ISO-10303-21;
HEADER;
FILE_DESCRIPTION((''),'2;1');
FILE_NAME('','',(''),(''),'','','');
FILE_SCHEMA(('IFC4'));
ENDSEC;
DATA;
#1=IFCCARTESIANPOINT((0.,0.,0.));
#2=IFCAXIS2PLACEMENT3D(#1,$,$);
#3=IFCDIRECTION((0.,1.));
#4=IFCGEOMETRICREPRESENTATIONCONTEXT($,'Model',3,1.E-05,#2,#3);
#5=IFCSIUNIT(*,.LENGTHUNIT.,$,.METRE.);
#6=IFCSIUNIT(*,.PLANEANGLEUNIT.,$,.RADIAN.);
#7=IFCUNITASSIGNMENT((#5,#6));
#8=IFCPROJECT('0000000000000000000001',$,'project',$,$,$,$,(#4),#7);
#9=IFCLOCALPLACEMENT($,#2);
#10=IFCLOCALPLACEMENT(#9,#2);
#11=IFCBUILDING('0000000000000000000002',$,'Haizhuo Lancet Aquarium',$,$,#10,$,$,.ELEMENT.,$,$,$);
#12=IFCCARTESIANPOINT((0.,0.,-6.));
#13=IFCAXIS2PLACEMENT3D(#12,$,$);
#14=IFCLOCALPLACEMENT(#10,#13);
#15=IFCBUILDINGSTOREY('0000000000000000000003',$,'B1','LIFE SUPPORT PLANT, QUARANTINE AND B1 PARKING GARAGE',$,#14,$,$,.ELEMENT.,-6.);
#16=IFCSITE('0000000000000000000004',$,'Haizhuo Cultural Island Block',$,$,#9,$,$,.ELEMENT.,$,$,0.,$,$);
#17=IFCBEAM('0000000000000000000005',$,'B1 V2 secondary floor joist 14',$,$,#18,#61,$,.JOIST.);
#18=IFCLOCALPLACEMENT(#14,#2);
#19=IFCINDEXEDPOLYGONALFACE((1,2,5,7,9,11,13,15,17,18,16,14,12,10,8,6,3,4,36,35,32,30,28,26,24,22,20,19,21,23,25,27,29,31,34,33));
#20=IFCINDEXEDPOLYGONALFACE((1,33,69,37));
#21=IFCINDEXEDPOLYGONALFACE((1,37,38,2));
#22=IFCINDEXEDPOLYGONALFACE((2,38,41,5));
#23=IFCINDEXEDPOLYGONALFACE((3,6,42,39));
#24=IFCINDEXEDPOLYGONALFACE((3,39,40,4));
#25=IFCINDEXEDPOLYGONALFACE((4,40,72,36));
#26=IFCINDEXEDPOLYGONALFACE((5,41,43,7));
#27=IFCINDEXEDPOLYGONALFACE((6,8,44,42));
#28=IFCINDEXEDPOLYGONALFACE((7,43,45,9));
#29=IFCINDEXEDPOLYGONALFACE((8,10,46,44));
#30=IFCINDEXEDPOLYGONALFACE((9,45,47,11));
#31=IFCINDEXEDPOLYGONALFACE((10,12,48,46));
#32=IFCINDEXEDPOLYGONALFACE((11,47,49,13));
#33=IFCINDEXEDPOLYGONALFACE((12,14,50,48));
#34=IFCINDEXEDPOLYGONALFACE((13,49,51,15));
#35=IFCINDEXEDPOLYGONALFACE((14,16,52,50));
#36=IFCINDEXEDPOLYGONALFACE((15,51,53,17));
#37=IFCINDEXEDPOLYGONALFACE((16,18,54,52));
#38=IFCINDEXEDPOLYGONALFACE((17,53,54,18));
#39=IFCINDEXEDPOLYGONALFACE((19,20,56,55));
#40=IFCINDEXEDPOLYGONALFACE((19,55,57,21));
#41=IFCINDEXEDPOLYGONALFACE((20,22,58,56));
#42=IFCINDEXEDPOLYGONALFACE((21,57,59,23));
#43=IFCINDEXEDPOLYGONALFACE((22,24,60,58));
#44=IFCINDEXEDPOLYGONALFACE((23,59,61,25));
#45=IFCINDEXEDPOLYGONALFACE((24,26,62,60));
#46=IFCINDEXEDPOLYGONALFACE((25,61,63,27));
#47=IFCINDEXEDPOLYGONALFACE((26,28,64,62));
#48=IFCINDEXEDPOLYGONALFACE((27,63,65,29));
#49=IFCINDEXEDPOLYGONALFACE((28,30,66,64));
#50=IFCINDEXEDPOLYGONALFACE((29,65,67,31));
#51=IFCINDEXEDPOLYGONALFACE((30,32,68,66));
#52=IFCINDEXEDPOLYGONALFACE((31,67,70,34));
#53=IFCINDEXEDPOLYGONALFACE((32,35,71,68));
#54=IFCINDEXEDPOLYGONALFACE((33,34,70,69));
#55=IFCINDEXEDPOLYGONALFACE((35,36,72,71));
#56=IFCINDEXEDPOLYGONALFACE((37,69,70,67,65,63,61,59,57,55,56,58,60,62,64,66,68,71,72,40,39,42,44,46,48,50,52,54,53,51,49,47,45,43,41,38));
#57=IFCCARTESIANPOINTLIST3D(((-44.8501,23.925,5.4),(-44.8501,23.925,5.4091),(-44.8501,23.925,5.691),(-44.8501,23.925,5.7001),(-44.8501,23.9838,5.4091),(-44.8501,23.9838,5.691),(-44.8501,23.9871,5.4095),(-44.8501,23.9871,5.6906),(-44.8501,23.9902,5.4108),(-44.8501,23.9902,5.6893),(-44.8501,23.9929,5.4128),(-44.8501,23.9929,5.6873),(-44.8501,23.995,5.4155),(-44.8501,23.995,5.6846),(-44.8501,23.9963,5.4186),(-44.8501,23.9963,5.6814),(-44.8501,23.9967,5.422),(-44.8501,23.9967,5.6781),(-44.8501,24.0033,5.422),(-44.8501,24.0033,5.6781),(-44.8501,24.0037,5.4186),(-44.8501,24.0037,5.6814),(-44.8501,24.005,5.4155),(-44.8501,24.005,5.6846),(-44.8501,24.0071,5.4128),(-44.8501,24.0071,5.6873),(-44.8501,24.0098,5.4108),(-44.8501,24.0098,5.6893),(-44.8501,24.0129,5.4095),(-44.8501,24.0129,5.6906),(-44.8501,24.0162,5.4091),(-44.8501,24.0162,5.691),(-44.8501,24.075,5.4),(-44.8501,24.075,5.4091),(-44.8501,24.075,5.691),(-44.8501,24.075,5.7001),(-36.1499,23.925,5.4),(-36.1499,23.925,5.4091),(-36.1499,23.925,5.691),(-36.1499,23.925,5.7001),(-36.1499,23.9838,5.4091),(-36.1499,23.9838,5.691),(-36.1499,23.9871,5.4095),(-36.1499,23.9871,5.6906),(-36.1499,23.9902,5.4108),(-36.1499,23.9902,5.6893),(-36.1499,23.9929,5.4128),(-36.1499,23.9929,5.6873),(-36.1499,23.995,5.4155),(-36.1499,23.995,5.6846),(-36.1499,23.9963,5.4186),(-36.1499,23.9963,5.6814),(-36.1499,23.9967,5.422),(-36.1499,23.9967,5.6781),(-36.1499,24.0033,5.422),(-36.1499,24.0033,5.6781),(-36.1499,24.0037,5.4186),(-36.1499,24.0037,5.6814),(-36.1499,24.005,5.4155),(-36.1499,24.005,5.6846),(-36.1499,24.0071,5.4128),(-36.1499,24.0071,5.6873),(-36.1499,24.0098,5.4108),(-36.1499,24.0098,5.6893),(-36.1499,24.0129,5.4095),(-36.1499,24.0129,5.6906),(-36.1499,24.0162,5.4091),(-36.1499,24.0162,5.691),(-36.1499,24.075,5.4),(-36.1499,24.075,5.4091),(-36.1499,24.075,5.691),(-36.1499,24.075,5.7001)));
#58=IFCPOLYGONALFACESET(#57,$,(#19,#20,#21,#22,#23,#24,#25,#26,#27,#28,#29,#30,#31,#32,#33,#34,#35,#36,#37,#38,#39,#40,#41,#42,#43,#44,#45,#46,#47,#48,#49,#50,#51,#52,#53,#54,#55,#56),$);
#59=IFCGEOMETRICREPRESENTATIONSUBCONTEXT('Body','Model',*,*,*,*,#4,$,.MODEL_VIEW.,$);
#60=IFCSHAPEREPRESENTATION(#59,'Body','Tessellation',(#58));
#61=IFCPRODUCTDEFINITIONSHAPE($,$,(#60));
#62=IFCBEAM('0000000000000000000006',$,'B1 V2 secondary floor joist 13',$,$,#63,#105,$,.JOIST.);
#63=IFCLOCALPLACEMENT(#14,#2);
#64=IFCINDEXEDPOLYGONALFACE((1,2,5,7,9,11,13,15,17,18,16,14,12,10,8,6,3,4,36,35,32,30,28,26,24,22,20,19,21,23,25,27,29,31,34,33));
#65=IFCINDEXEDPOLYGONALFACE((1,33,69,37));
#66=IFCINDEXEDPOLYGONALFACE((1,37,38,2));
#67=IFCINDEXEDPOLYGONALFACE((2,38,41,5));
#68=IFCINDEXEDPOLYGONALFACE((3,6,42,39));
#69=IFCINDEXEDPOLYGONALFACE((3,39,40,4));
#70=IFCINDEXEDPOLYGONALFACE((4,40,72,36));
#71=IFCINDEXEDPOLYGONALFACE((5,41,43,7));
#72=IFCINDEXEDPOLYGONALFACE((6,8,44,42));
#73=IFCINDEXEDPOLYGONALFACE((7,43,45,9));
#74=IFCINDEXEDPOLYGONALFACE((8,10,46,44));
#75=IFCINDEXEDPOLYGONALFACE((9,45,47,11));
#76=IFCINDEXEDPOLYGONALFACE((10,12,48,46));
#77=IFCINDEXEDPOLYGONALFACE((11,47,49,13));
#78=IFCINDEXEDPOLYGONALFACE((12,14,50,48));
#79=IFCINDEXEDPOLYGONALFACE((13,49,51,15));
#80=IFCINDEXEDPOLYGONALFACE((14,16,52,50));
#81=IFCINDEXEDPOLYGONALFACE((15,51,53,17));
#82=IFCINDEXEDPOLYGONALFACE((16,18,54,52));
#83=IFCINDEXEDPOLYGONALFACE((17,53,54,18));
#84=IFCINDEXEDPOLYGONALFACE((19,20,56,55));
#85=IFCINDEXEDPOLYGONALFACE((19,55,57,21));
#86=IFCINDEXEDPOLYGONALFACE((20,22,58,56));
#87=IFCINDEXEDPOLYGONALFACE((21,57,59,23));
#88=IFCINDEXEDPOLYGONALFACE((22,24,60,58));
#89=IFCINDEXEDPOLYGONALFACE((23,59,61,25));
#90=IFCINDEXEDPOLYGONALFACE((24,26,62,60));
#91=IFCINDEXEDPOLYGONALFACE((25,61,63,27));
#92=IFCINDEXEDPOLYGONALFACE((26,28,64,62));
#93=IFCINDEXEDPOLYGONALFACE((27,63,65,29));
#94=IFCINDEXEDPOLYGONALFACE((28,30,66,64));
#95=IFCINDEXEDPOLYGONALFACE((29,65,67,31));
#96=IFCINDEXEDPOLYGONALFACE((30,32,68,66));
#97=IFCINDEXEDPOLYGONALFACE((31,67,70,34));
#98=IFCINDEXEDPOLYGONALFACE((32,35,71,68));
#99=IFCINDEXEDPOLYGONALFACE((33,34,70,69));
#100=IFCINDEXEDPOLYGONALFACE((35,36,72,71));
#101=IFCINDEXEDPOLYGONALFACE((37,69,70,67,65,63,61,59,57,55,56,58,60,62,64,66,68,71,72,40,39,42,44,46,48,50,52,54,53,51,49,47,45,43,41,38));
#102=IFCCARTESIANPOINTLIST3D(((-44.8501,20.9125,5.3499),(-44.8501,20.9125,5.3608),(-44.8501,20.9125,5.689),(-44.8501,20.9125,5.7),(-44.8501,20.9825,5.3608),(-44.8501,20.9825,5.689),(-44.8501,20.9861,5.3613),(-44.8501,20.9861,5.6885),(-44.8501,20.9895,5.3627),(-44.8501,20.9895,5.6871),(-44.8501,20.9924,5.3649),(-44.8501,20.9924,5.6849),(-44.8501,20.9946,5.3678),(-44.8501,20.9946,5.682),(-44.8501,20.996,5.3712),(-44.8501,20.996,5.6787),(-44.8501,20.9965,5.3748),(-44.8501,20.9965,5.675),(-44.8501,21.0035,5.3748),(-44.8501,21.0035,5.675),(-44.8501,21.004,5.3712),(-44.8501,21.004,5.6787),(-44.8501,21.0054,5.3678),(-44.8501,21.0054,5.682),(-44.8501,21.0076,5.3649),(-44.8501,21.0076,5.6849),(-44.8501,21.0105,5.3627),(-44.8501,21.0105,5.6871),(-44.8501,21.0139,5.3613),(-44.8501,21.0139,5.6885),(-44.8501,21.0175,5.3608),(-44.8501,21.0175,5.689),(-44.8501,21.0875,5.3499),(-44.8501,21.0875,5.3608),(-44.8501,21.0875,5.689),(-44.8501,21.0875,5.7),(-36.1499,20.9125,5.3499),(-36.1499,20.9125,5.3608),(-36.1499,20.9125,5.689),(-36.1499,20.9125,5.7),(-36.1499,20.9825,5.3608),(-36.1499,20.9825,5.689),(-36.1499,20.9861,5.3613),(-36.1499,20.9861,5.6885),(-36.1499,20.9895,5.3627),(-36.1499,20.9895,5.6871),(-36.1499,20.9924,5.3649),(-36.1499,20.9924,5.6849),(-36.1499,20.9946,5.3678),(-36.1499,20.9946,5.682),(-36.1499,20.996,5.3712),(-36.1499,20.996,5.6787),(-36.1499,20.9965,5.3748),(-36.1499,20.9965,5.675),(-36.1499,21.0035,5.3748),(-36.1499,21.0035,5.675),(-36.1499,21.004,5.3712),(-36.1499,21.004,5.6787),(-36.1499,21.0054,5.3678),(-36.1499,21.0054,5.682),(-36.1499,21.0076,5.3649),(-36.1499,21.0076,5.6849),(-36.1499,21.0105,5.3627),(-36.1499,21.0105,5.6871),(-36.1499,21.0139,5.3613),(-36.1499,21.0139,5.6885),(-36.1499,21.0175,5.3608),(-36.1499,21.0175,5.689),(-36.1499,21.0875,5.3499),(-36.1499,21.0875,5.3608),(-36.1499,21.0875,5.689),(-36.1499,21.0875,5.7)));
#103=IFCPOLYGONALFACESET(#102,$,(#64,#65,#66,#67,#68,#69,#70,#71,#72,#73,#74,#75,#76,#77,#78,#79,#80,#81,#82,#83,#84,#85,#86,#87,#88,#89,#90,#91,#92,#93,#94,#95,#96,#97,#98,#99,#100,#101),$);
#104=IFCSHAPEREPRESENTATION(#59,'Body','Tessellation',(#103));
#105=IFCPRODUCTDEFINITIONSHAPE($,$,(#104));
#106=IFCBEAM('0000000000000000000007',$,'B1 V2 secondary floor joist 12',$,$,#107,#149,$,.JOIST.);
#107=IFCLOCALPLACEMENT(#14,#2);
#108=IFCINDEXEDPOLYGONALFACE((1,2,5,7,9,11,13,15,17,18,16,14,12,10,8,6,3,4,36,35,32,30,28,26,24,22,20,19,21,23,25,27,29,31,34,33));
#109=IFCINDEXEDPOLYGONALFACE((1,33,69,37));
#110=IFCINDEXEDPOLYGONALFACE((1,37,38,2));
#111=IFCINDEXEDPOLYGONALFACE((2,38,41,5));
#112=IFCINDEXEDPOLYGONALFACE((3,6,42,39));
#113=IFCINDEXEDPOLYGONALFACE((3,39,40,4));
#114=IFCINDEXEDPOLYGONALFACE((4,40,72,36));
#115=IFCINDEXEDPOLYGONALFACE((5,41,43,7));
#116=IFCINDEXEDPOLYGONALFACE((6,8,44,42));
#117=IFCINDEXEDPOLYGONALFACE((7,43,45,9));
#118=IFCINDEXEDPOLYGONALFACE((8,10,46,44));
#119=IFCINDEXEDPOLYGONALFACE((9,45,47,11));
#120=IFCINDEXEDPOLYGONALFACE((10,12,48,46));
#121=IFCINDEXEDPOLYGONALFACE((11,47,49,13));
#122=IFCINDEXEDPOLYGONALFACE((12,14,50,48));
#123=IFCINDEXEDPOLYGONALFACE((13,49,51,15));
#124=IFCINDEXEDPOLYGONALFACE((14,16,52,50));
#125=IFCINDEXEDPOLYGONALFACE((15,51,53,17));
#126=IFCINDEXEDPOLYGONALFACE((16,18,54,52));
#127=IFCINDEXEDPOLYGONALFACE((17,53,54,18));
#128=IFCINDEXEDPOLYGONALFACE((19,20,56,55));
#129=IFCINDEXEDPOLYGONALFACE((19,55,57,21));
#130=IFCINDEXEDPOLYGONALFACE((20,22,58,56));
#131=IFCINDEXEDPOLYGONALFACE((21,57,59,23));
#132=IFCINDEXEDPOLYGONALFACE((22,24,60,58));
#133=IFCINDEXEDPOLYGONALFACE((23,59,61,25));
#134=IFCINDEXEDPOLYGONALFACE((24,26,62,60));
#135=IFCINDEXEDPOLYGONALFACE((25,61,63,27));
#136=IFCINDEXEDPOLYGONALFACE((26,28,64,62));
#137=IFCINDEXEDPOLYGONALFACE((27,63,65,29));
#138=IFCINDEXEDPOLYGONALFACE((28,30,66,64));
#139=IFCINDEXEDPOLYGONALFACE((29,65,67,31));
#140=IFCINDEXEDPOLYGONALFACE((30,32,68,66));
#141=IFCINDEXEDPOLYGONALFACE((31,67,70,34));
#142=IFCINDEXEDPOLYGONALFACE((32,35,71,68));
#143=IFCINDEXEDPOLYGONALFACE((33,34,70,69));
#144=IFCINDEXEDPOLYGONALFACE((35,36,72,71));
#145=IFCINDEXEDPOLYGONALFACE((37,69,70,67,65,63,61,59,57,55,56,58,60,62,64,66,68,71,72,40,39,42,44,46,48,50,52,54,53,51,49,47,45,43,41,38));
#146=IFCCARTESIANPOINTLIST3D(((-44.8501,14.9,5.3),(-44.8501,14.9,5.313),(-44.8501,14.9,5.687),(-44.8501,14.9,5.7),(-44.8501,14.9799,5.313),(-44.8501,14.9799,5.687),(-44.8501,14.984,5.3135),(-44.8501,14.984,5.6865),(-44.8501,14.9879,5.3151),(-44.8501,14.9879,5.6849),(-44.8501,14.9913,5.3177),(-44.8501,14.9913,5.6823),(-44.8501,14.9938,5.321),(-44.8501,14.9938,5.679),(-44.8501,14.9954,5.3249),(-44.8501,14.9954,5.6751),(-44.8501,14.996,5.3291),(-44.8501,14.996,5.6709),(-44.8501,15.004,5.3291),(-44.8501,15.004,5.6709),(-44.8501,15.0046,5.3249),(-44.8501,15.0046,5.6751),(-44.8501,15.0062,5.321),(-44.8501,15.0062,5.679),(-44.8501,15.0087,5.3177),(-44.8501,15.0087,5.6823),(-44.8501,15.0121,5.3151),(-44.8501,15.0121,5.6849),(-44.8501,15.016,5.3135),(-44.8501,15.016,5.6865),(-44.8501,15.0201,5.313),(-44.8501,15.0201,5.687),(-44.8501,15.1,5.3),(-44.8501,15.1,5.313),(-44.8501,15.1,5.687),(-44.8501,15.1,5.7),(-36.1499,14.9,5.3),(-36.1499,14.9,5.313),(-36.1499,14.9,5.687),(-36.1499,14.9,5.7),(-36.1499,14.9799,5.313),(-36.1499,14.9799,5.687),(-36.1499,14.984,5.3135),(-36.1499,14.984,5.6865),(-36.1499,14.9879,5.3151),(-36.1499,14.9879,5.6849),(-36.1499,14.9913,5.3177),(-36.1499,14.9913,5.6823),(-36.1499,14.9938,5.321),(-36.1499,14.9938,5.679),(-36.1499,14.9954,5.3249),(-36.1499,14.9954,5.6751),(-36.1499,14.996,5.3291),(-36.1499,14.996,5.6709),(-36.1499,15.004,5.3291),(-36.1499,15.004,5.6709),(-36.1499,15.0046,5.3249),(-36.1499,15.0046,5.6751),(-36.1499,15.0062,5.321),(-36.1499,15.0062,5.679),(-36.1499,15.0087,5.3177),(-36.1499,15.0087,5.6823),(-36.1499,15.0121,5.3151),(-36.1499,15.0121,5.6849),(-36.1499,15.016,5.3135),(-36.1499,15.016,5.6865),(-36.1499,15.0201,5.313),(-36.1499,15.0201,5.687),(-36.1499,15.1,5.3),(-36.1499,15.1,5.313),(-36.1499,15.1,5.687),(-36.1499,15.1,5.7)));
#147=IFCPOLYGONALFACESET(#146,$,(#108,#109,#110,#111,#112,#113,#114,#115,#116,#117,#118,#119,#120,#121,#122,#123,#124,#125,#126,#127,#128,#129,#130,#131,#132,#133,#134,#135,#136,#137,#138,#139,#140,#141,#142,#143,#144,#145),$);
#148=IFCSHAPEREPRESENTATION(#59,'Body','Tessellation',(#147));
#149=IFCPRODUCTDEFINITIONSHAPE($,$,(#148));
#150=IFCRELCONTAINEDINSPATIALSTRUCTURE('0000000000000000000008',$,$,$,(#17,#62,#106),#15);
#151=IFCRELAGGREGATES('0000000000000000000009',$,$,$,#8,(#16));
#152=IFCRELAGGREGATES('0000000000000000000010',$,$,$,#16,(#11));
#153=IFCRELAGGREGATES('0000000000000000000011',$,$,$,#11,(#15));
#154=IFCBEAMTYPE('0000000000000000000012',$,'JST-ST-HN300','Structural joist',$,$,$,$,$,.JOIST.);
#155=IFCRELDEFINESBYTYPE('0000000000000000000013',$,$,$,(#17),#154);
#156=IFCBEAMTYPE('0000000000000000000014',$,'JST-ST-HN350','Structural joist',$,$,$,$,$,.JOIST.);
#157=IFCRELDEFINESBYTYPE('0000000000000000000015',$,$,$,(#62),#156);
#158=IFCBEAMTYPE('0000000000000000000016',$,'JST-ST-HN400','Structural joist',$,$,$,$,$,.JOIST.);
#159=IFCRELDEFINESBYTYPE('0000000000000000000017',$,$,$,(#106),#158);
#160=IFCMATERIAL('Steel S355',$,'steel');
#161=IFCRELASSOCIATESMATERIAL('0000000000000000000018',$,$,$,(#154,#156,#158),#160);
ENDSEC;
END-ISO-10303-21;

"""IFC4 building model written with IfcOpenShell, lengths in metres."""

from ifc_helpers import new_model, si_unit, direction, frame, origin, origin_2d, place, context, subcontext, project, spatial, i_section, extrude, material, material_profile, profile_set, type_object, element, save


model = new_model("IFC4")

# Units and contexts
model_context = context("Model", 3, precision=1e-05, world=origin(), true_north=direction((0.0, 1.0)))
body_context = subcontext(model_context, "Body", "Model", "MODEL_VIEW")
ifc_project = project(units=[si_unit("LENGTHUNIT", "METRE"), si_unit("PLANEANGLEUNIT", "RADIAN")], contexts=[model_context])

# Site, building, storey
site_placement = place(None, origin())
site = spatial("IfcSite", under=ifc_project, at=site_placement, Name="Haizhuo Cultural Island Block", CompositionType="ELEMENT", RefElevation=0.0)
building_placement = place(site_placement, origin())
building = spatial("IfcBuilding", under=site, at=building_placement, Name="Haizhuo Lancet Aquarium", CompositionType="ELEMENT")
storey_placement = place(building_placement, frame((0.0, 0.0, -6.0)))
storey = spatial("IfcBuildingStorey", under=building, at=storey_placement, Name="B1", Description="LIFE SUPPORT PLANT, QUARANTINE AND B1 PARKING GARAGE", CompositionType="ELEMENT", Elevation=-6.0)

# Beams
ifc_material_1 = material(Name="Steel S355", Category="steel")
ifc_material_profile_1 = material_profile(ifc_material_1, i_section(OverallWidth=0.1499, OverallDepth=0.3, WebThickness=0.0066, FlangeThickness=0.009, FilletRadius=0.0129, at=origin_2d()), Name="HN 300x150x6.5x9")
ifc_profile_set_1 = profile_set([ifc_material_profile_1], Name="Steel S355")
beam_type_1 = type_object("IfcBeamType", Name="JST-ST-HN300", Description="Structural joist", PredefinedType="JOIST", material=ifc_profile_set_1)
beam_1_placement = place(storey_placement, frame((-44.8501, 24.0, 5.55), z_axis=(1.0, 0.0, 0.0), x_axis=(0.0, 1.0, 0.0)))
element("IfcBeam", 1, at=beam_1_placement, inside=storey, type_object=beam_type_1, Name="B1 V2 secondary floor joist 14", PredefinedType="JOIST", context=body_context, shape_type="SweptSolid", body=[
    extrude(i_section(OverallWidth=0.1499, OverallDepth=0.3, WebThickness=0.0066, FlangeThickness=0.009, FilletRadius=0.0129, at=origin_2d()), origin(), (0.0, 0.0, 1.0), 8.7002),
])
ifc_material_profile_2 = material_profile(ifc_material_1, i_section(OverallWidth=0.175, OverallDepth=0.3501, WebThickness=0.0071, FlangeThickness=0.011, FilletRadius=0.0139, at=origin_2d()), Name="HN 350x175x7x11")
ifc_profile_set_2 = profile_set([ifc_material_profile_2], Name="Steel S355")
beam_type_2 = type_object("IfcBeamType", Name="JST-ST-HN350", Description="Structural joist", PredefinedType="JOIST", material=ifc_profile_set_2)
beam_2_placement = place(storey_placement, frame((-44.8501, 21.0, 5.5249), z_axis=(1.0, 0.0, 0.0), x_axis=(0.0, 1.0, 0.0)))
element("IfcBeam", 2, at=beam_2_placement, inside=storey, type_object=beam_type_2, Name="B1 V2 secondary floor joist 13", PredefinedType="JOIST", context=body_context, shape_type="SweptSolid", body=[
    extrude(i_section(OverallWidth=0.175, OverallDepth=0.3501, WebThickness=0.0071, FlangeThickness=0.011, FilletRadius=0.0139, at=origin_2d()), origin(), (0.0, 0.0, 1.0), 8.7002),
])
ifc_material_profile_3 = material_profile(ifc_material_1, i_section(OverallWidth=0.2, OverallDepth=0.3999, WebThickness=0.0081, FlangeThickness=0.0129, FilletRadius=0.0161, at=origin_2d()), Name="HN 400x200x8x13")
ifc_profile_set_3 = profile_set([ifc_material_profile_3], Name="Steel S355")
beam_type_3 = type_object("IfcBeamType", Name="JST-ST-HN400", Description="Structural joist", PredefinedType="JOIST", material=ifc_profile_set_3)
beam_3_placement = place(storey_placement, frame((-44.8501, 15.0, 5.5), z_axis=(1.0, 0.0, 0.0), x_axis=(0.0, 1.0, 0.0)))
element("IfcBeam", 3, at=beam_3_placement, inside=storey, type_object=beam_type_3, Name="B1 V2 secondary floor joist 12", PredefinedType="JOIST", context=body_context, shape_type="SweptSolid", body=[
    extrude(i_section(OverallWidth=0.2, OverallDepth=0.3999, WebThickness=0.0081, FlangeThickness=0.0129, FilletRadius=0.0161, at=origin_2d()), origin(), (0.0, 0.0, 1.0), 8.7002),
])

save(model, "model.ifc")
